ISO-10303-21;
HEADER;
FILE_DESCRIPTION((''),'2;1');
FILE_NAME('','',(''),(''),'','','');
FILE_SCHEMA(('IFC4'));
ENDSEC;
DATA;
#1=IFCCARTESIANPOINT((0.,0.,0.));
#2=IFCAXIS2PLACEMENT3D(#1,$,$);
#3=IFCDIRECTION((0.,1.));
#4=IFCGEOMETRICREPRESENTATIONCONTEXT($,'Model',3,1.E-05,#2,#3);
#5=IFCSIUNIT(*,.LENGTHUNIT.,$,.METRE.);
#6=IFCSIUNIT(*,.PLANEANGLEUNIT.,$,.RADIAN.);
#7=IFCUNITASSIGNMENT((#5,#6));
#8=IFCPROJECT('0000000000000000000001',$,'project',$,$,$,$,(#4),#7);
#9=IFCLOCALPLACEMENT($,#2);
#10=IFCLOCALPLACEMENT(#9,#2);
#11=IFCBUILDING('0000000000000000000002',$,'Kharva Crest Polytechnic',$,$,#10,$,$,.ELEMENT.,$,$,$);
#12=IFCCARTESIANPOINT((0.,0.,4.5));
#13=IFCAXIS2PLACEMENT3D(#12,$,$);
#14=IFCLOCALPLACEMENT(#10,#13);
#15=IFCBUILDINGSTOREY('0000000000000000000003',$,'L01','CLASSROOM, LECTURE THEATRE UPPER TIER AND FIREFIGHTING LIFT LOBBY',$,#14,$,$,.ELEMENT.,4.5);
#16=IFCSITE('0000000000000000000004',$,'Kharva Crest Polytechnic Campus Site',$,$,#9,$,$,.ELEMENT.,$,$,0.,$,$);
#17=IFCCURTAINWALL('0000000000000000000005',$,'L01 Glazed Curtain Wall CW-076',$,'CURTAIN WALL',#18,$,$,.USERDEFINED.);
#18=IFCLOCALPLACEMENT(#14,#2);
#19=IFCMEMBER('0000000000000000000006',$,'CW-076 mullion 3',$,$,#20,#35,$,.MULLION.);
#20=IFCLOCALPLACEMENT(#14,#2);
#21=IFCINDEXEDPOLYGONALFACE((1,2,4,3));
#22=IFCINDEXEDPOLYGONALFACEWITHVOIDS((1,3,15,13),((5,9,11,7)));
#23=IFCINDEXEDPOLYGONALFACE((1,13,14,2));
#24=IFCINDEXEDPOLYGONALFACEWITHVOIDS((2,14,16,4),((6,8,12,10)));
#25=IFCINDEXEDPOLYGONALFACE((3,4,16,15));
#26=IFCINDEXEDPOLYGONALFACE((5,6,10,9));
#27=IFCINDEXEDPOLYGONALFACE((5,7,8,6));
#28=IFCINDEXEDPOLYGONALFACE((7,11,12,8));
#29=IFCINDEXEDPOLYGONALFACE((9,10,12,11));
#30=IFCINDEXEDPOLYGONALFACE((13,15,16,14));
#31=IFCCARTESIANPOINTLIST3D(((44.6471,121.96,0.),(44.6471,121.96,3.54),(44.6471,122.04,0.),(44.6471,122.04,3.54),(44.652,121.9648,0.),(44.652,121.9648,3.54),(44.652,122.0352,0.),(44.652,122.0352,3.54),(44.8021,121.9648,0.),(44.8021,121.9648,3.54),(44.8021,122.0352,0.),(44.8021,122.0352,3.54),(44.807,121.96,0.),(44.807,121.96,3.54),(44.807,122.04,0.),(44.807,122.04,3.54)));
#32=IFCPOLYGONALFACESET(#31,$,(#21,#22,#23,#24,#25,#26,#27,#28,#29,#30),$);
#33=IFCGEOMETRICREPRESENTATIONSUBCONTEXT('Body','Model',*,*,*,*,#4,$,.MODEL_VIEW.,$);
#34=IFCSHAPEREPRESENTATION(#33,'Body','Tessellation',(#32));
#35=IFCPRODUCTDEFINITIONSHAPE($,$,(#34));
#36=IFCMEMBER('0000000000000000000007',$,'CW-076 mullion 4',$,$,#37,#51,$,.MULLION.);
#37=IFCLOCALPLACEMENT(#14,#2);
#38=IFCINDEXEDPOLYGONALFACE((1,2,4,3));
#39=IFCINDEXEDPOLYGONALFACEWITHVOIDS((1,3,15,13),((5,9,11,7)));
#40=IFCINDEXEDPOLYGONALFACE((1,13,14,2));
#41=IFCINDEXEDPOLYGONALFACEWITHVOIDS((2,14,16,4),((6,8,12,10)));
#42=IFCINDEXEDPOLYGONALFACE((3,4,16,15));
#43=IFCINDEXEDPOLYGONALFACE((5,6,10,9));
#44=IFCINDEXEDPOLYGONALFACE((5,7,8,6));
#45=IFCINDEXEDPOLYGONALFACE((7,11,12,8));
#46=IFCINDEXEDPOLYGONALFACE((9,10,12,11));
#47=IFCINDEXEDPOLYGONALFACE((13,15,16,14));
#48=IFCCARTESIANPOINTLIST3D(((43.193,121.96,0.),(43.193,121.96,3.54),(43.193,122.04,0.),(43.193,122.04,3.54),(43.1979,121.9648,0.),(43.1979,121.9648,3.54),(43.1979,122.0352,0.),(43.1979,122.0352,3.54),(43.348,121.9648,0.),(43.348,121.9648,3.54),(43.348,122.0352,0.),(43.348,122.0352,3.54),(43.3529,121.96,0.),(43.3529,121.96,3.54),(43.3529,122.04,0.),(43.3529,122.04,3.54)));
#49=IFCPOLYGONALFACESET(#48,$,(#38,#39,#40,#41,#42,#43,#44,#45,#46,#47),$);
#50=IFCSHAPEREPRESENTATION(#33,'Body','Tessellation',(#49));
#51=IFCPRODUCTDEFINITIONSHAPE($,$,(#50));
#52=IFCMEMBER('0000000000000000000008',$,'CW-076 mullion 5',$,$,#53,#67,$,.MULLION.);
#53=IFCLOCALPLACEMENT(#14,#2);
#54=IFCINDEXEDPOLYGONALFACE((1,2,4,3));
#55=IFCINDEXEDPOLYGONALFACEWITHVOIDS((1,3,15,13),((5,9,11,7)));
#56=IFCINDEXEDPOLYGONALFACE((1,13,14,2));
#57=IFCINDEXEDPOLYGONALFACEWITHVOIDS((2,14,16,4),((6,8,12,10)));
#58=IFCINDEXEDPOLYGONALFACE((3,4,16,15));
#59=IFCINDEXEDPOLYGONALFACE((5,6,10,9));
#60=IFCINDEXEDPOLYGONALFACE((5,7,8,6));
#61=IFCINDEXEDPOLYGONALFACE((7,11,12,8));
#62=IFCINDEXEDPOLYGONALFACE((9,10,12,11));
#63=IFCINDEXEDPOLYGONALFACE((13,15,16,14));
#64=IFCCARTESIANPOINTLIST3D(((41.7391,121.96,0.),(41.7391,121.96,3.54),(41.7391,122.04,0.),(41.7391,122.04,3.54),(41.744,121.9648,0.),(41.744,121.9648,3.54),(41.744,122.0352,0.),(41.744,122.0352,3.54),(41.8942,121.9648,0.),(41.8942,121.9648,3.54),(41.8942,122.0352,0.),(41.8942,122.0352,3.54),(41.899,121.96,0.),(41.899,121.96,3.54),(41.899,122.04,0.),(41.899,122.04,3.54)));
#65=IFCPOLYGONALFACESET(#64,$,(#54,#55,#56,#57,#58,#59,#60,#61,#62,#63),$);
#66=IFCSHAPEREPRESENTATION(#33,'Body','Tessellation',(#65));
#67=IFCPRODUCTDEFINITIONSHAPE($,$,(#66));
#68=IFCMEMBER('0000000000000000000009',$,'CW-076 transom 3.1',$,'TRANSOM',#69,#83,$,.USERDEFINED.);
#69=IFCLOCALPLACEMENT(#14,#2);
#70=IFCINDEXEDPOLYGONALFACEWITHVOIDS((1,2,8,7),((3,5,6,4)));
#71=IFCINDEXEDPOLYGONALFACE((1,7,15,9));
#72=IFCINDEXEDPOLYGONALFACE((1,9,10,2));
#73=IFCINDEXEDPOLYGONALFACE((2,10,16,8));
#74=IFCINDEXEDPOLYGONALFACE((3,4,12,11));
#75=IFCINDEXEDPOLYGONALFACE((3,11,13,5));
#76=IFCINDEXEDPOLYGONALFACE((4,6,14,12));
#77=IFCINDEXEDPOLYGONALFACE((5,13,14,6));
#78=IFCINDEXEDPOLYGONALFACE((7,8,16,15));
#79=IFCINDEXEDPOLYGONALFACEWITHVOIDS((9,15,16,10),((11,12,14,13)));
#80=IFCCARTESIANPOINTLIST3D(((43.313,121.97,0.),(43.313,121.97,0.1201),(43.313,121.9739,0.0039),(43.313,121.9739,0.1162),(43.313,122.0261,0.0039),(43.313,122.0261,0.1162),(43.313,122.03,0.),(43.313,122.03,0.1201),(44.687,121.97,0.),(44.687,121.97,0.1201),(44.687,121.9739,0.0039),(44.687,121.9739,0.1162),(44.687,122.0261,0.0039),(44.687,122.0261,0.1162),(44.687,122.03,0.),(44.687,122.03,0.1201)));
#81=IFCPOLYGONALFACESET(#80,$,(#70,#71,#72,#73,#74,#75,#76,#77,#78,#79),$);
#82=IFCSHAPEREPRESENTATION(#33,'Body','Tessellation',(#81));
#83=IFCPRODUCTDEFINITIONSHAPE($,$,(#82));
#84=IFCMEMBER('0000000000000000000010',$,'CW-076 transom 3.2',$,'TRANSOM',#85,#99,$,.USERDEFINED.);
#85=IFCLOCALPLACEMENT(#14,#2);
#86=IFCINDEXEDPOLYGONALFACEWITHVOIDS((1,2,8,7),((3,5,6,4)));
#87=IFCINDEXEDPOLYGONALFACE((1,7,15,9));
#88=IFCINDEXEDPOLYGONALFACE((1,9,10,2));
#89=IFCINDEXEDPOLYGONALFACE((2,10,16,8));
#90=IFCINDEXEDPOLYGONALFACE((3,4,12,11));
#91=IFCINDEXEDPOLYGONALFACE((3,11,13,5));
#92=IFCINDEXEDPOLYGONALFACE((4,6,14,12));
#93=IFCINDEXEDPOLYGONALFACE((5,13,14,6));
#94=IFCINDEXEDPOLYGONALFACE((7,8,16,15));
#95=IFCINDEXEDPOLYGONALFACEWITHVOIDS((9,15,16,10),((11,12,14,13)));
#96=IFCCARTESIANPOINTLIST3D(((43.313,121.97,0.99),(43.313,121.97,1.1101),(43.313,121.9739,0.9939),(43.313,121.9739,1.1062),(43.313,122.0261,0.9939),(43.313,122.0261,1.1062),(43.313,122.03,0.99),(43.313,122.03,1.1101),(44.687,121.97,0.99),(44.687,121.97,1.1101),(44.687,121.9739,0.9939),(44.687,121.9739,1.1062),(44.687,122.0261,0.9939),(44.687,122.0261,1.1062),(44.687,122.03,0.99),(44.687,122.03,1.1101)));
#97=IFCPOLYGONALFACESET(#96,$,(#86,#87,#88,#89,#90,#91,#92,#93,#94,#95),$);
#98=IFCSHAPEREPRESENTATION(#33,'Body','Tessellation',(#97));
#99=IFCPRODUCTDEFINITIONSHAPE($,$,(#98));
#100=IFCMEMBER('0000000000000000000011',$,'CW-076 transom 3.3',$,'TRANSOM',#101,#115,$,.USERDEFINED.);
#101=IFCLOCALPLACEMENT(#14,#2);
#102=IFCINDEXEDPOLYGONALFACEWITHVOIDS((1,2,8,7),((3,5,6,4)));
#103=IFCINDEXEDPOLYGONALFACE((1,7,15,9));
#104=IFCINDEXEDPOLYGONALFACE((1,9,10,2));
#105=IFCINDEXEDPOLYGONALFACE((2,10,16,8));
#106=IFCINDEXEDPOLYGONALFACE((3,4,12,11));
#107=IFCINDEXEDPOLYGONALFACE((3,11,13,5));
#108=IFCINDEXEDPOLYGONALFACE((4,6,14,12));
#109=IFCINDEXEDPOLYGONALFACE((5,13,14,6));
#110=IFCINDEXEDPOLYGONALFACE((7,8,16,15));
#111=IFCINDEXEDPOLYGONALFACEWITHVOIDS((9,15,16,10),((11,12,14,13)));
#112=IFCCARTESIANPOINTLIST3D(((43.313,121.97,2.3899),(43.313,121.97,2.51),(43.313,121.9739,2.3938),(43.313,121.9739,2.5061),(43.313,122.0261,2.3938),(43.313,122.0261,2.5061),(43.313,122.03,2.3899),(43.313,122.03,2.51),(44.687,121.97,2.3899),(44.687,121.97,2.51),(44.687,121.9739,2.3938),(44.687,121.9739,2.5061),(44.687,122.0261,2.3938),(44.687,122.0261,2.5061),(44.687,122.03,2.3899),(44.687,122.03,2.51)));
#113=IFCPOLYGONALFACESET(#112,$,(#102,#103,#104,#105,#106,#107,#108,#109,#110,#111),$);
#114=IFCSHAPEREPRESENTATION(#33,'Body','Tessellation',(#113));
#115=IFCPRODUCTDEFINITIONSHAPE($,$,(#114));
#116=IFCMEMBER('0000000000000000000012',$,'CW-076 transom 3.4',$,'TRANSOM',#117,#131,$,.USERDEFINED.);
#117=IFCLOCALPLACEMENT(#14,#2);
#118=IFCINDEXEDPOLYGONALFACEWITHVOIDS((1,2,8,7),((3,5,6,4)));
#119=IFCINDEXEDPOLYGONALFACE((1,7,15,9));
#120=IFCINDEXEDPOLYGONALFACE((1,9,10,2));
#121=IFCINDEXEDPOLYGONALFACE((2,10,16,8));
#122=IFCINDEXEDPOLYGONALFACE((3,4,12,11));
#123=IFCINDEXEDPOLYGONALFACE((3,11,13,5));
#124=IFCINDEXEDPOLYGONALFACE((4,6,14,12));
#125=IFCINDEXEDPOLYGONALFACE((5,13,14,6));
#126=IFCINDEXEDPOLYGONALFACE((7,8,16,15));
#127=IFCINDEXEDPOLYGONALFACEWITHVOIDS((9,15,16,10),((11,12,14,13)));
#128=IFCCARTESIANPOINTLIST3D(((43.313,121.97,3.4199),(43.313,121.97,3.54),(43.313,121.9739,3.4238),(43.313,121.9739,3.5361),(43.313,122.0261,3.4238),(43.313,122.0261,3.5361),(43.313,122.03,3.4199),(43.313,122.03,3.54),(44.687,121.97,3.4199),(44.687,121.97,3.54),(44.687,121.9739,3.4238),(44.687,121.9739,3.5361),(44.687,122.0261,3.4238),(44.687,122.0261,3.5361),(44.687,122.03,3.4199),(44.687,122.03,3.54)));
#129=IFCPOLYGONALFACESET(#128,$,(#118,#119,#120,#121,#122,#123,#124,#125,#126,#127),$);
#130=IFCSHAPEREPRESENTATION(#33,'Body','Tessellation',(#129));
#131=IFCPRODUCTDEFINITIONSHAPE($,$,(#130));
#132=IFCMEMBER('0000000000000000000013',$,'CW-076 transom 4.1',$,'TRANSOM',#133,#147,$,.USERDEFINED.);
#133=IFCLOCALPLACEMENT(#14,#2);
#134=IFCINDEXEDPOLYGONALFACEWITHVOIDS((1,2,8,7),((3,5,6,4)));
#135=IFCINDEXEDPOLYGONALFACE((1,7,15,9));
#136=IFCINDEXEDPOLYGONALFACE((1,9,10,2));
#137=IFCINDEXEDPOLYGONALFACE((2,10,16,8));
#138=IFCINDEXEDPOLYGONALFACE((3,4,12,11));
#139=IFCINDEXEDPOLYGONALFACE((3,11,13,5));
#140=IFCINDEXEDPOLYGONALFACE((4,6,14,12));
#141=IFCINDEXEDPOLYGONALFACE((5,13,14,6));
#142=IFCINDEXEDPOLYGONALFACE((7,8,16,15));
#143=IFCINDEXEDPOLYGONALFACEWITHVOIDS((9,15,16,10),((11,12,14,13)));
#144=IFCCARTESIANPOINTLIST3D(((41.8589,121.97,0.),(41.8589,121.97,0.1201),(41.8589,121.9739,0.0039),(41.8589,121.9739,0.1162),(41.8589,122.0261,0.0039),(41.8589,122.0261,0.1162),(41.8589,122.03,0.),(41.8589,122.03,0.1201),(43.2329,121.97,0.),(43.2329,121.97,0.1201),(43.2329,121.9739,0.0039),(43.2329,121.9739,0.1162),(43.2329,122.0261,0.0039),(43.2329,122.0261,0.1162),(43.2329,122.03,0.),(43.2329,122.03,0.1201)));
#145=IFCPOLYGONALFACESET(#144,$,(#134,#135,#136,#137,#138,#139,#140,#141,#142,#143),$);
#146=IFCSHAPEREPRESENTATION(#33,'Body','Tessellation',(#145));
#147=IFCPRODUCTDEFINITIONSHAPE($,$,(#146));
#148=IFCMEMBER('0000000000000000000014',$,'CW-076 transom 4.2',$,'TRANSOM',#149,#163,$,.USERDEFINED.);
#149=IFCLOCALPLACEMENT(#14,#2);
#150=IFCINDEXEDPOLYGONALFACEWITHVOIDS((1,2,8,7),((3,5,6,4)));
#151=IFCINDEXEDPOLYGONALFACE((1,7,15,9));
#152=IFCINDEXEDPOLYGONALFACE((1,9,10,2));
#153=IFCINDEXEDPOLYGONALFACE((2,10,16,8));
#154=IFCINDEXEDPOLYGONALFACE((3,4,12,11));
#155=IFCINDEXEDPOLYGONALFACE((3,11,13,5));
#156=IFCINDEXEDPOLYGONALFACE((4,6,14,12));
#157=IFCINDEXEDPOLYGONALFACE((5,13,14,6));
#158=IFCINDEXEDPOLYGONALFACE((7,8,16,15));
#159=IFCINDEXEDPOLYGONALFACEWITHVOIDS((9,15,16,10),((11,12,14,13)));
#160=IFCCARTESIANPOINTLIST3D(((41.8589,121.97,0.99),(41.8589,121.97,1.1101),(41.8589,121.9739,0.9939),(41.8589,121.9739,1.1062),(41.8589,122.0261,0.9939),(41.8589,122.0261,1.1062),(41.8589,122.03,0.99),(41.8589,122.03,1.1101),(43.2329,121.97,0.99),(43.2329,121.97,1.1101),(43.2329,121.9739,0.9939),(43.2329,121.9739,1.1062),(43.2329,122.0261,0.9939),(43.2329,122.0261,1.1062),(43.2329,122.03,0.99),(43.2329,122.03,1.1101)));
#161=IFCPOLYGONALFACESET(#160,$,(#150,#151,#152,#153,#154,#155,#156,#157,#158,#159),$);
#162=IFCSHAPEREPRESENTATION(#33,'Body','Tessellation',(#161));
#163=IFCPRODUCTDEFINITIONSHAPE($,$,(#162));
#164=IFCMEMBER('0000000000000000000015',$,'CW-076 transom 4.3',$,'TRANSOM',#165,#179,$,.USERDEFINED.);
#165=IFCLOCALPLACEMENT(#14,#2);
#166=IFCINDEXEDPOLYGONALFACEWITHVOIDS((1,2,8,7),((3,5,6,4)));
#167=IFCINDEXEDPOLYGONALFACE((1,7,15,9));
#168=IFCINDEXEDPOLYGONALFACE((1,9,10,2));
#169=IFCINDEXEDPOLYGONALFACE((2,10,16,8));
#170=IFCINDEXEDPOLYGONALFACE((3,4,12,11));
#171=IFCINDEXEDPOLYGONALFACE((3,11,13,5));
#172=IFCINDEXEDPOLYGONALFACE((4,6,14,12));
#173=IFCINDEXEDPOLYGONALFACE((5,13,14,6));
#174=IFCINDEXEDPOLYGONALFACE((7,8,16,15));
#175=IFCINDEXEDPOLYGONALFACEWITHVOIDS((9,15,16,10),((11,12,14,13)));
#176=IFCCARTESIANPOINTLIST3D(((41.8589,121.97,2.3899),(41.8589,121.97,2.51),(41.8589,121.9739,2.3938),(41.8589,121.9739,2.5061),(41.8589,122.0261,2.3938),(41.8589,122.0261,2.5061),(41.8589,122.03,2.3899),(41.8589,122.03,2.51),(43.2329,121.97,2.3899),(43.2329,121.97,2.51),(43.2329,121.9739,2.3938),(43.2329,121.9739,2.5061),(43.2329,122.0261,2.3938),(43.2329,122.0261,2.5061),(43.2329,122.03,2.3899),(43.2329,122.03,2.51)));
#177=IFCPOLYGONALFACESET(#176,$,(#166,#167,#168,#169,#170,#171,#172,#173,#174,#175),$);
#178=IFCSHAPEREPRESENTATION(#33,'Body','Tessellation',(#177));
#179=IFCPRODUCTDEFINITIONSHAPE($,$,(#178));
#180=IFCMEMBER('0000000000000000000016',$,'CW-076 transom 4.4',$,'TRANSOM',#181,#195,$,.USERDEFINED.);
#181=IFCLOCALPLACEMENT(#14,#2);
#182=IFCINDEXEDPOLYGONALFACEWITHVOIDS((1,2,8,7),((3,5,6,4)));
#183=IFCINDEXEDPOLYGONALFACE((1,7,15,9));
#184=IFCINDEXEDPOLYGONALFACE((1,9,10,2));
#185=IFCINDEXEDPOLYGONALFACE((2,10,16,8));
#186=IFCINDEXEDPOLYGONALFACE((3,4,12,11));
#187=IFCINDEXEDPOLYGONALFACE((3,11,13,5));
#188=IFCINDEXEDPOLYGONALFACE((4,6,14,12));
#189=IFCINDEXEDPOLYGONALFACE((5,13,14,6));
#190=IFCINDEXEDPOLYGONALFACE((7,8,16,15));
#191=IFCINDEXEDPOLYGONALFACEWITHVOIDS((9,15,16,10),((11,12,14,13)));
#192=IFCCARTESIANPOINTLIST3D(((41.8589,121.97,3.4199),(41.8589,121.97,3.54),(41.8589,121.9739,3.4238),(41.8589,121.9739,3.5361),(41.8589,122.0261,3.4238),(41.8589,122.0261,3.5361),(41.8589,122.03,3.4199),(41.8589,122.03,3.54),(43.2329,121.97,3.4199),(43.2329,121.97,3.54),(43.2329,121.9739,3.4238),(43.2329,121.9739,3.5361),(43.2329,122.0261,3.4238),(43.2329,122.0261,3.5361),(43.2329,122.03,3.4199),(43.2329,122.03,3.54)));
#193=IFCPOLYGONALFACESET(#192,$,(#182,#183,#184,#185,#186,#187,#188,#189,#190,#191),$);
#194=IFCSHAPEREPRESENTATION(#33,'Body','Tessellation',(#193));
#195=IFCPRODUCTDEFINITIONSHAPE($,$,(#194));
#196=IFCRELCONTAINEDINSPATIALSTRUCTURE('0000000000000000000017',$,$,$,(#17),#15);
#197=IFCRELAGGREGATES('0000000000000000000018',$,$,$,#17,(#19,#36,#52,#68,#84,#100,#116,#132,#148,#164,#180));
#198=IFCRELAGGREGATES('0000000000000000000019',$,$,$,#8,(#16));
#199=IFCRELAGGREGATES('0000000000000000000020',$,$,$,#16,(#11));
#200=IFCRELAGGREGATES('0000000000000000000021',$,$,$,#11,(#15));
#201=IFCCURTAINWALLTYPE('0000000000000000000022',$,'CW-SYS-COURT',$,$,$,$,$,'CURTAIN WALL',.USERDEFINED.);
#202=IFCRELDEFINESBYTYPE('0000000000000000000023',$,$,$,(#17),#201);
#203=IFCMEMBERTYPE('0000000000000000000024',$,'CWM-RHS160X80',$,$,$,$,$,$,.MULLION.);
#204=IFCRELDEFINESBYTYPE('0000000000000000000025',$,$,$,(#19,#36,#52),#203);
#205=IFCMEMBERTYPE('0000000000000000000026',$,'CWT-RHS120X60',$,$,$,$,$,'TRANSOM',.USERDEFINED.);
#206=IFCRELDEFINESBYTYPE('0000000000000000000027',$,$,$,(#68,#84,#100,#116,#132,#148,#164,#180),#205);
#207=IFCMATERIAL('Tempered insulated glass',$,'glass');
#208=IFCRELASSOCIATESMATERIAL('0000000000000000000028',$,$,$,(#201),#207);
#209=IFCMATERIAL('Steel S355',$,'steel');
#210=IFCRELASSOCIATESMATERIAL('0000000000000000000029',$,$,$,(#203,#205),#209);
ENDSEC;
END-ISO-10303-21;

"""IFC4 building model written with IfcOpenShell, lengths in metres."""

from ifc_helpers import new_model, si_unit, direction, frame, origin, origin_2d, place, context, subcontext, project, spatial, hollow_rectangle, extrude, material, material_profile, profile_set, type_object, element, aggregate, save


model = new_model("IFC4")

# Units and contexts
model_context = context("Model", 3, precision=1e-05, world=origin(), true_north=direction((0.0, 1.0)))
body_context = subcontext(model_context, "Body", "Model", "MODEL_VIEW")
ifc_project = project(units=[si_unit("LENGTHUNIT", "METRE"), si_unit("PLANEANGLEUNIT", "RADIAN")], contexts=[model_context])

# Site, building, storey
site_placement = place(None, origin())
site = spatial("IfcSite", under=ifc_project, at=site_placement, Name="Kharva Crest Polytechnic Campus Site", CompositionType="ELEMENT", RefElevation=0.0)
building_placement = place(site_placement, origin())
building = spatial("IfcBuilding", under=site, at=building_placement, Name="Kharva Crest Polytechnic", CompositionType="ELEMENT")
storey_placement = place(building_placement, frame((0.0, 0.0, 4.5)))
storey = spatial("IfcBuildingStorey", under=building, at=storey_placement, Name="L01", Description="CLASSROOM, LECTURE THEATRE UPPER TIER AND FIREFIGHTING LIFT LOBBY", CompositionType="ELEMENT", Elevation=4.5)

# Curtain wall, members
ifc_material_1 = material(Name="Tempered insulated glass", Category="glass")
curtain_wall_type = type_object("IfcCurtainWallType", Name="CW-SYS-COURT", ElementType="CURTAIN WALL", PredefinedType="USERDEFINED", material=ifc_material_1)
curtain_wall_placement = place(storey_placement, origin())
curtain_wall = element("IfcCurtainWall", 1, at=curtain_wall_placement, inside=storey, type_object=curtain_wall_type, Name="L01 Glazed Curtain Wall CW-076", ObjectType="CURTAIN WALL", PredefinedType="USERDEFINED")
ifc_material_2 = material(Name="Steel S355", Category="steel")
ifc_material_profile_1 = material_profile(ifc_material_2, hollow_rectangle(XDim=0.0801, YDim=0.1599, WallThickness=0.0049, at=origin_2d()), Name="RHS 160X80X5.0")
ifc_profile_set_1 = profile_set([ifc_material_profile_1], Name="Steel S355")
member_type_1 = type_object("IfcMemberType", Name="CWM-RHS160X80", PredefinedType="MULLION", material=ifc_profile_set_1)
member_1_placement = place(storey_placement, frame((44.7271, 122.0, 0.0), z_axis=(0.0, 0.0, 1.0), x_axis=(0.0, -1.0, 0.0)))
member_1 = element("IfcMember", 2, at=member_1_placement, type_object=member_type_1, Name="CW-076 mullion 3", PredefinedType="MULLION", context=body_context, shape_type="SweptSolid", body=[
    extrude(hollow_rectangle(XDim=0.0801, YDim=0.1599, WallThickness=0.0049, at=origin_2d()), origin(), (0.0, 0.0, 1.0), 3.54),
])
member_2_placement = place(storey_placement, frame((43.2729, 122.0, 0.0), z_axis=(0.0, 0.0, 1.0), x_axis=(0.0, -1.0, 0.0)))
member_2 = element("IfcMember", 3, at=member_2_placement, type_object=member_type_1, Name="CW-076 mullion 4", PredefinedType="MULLION", context=body_context, shape_type="SweptSolid", body=[
    extrude(hollow_rectangle(XDim=0.0801, YDim=0.1599, WallThickness=0.0049, at=origin_2d()), origin(), (0.0, 0.0, 1.0), 3.54),
])
member_3_placement = place(storey_placement, frame((41.8191, 122.0, 0.0), z_axis=(0.0, 0.0, 1.0), x_axis=(0.0, -1.0, 0.0)))
member_3 = element("IfcMember", 4, at=member_3_placement, type_object=member_type_1, Name="CW-076 mullion 5", PredefinedType="MULLION", context=body_context, shape_type="SweptSolid", body=[
    extrude(hollow_rectangle(XDim=0.0801, YDim=0.1599, WallThickness=0.0049, at=origin_2d()), origin(), (0.0, 0.0, 1.0), 3.54),
])
ifc_material_profile_2 = material_profile(ifc_material_2, hollow_rectangle(XDim=0.0601, YDim=0.1201, WallThickness=0.0039, at=origin_2d()), Name="RHS 120X60X4.0")
ifc_profile_set_2 = profile_set([ifc_material_profile_2], Name="Steel S355")
member_type_2 = type_object("IfcMemberType", Name="CWT-RHS120X60", ElementType="TRANSOM", PredefinedType="USERDEFINED", material=ifc_profile_set_2)
member_4_placement = place(storey_placement, frame((44.687, 122.0, 0.0601), z_axis=(-1.0, 0.0, 0.0), x_axis=(0.0, -1.0, 0.0)))
member_4 = element("IfcMember", 5, at=member_4_placement, type_object=member_type_2, Name="CW-076 transom 3.1", ObjectType="TRANSOM", PredefinedType="USERDEFINED", context=body_context, shape_type="SweptSolid", body=[
    extrude(hollow_rectangle(XDim=0.0601, YDim=0.1201, WallThickness=0.0039, at=origin_2d()), origin(), (0.0, 0.0, 1.0), 1.374),
])
member_5_placement = place(storey_placement, frame((44.687, 122.0, 1.05), z_axis=(-1.0, 0.0, 0.0), x_axis=(0.0, -1.0, 0.0)))
member_5 = element("IfcMember", 6, at=member_5_placement, type_object=member_type_2, Name="CW-076 transom 3.2", ObjectType="TRANSOM", PredefinedType="USERDEFINED", context=body_context, shape_type="SweptSolid", body=[
    extrude(hollow_rectangle(XDim=0.0601, YDim=0.1201, WallThickness=0.0039, at=origin_2d()), origin(), (0.0, 0.0, 1.0), 1.374),
])
member_6_placement = place(storey_placement, frame((44.687, 122.0, 2.45), z_axis=(-1.0, 0.0, 0.0), x_axis=(0.0, -1.0, 0.0)))
member_6 = element("IfcMember", 7, at=member_6_placement, type_object=member_type_2, Name="CW-076 transom 3.3", ObjectType="TRANSOM", PredefinedType="USERDEFINED", context=body_context, shape_type="SweptSolid", body=[
    extrude(hollow_rectangle(XDim=0.0601, YDim=0.1201, WallThickness=0.0039, at=origin_2d()), origin(), (0.0, 0.0, 1.0), 1.374),
])
member_7_placement = place(storey_placement, frame((44.687, 122.0, 3.48), z_axis=(-1.0, 0.0, 0.0), x_axis=(0.0, -1.0, 0.0)))
member_7 = element("IfcMember", 8, at=member_7_placement, type_object=member_type_2, Name="CW-076 transom 3.4", ObjectType="TRANSOM", PredefinedType="USERDEFINED", context=body_context, shape_type="SweptSolid", body=[
    extrude(hollow_rectangle(XDim=0.0601, YDim=0.1201, WallThickness=0.0039, at=origin_2d()), origin(), (0.0, 0.0, 1.0), 1.374),
])
member_8_placement = place(storey_placement, frame((43.2329, 122.0, 0.0601), z_axis=(-1.0, 0.0, 0.0), x_axis=(0.0, -1.0, 0.0)))
member_8 = element("IfcMember", 9, at=member_8_placement, type_object=member_type_2, Name="CW-076 transom 4.1", ObjectType="TRANSOM", PredefinedType="USERDEFINED", context=body_context, shape_type="SweptSolid", body=[
    extrude(hollow_rectangle(XDim=0.0601, YDim=0.1201, WallThickness=0.0039, at=origin_2d()), origin(), (0.0, 0.0, 1.0), 1.374),
])
member_9_placement = place(storey_placement, frame((43.2329, 122.0, 1.05), z_axis=(-1.0, 0.0, 0.0), x_axis=(0.0, -1.0, 0.0)))
member_9 = element("IfcMember", 10, at=member_9_placement, type_object=member_type_2, Name="CW-076 transom 4.2", ObjectType="TRANSOM", PredefinedType="USERDEFINED", context=body_context, shape_type="SweptSolid", body=[
    extrude(hollow_rectangle(XDim=0.0601, YDim=0.1201, WallThickness=0.0039, at=origin_2d()), origin(), (0.0, 0.0, 1.0), 1.374),
])
member_10_placement = place(storey_placement, frame((43.2329, 122.0, 2.45), z_axis=(-1.0, 0.0, 0.0), x_axis=(0.0, -1.0, 0.0)))
member_10 = element("IfcMember", 11, at=member_10_placement, type_object=member_type_2, Name="CW-076 transom 4.3", ObjectType="TRANSOM", PredefinedType="USERDEFINED", context=body_context, shape_type="SweptSolid", body=[
    extrude(hollow_rectangle(XDim=0.0601, YDim=0.1201, WallThickness=0.0039, at=origin_2d()), origin(), (0.0, 0.0, 1.0), 1.374),
])
member_11_placement = place(storey_placement, frame((43.2329, 122.0, 3.48), z_axis=(-1.0, 0.0, 0.0), x_axis=(0.0, -1.0, 0.0)))
member_11 = element("IfcMember", 12, at=member_11_placement, type_object=member_type_2, Name="CW-076 transom 4.4", ObjectType="TRANSOM", PredefinedType="USERDEFINED", context=body_context, shape_type="SweptSolid", body=[
    extrude(hollow_rectangle(XDim=0.0601, YDim=0.1201, WallThickness=0.0039, at=origin_2d()), origin(), (0.0, 0.0, 1.0), 1.374),
])
aggregate(curtain_wall, [member_1, member_2, member_3, member_4, member_5, member_6, member_7, member_8, member_9, member_10, member_11])

save(model, "model.ifc")
